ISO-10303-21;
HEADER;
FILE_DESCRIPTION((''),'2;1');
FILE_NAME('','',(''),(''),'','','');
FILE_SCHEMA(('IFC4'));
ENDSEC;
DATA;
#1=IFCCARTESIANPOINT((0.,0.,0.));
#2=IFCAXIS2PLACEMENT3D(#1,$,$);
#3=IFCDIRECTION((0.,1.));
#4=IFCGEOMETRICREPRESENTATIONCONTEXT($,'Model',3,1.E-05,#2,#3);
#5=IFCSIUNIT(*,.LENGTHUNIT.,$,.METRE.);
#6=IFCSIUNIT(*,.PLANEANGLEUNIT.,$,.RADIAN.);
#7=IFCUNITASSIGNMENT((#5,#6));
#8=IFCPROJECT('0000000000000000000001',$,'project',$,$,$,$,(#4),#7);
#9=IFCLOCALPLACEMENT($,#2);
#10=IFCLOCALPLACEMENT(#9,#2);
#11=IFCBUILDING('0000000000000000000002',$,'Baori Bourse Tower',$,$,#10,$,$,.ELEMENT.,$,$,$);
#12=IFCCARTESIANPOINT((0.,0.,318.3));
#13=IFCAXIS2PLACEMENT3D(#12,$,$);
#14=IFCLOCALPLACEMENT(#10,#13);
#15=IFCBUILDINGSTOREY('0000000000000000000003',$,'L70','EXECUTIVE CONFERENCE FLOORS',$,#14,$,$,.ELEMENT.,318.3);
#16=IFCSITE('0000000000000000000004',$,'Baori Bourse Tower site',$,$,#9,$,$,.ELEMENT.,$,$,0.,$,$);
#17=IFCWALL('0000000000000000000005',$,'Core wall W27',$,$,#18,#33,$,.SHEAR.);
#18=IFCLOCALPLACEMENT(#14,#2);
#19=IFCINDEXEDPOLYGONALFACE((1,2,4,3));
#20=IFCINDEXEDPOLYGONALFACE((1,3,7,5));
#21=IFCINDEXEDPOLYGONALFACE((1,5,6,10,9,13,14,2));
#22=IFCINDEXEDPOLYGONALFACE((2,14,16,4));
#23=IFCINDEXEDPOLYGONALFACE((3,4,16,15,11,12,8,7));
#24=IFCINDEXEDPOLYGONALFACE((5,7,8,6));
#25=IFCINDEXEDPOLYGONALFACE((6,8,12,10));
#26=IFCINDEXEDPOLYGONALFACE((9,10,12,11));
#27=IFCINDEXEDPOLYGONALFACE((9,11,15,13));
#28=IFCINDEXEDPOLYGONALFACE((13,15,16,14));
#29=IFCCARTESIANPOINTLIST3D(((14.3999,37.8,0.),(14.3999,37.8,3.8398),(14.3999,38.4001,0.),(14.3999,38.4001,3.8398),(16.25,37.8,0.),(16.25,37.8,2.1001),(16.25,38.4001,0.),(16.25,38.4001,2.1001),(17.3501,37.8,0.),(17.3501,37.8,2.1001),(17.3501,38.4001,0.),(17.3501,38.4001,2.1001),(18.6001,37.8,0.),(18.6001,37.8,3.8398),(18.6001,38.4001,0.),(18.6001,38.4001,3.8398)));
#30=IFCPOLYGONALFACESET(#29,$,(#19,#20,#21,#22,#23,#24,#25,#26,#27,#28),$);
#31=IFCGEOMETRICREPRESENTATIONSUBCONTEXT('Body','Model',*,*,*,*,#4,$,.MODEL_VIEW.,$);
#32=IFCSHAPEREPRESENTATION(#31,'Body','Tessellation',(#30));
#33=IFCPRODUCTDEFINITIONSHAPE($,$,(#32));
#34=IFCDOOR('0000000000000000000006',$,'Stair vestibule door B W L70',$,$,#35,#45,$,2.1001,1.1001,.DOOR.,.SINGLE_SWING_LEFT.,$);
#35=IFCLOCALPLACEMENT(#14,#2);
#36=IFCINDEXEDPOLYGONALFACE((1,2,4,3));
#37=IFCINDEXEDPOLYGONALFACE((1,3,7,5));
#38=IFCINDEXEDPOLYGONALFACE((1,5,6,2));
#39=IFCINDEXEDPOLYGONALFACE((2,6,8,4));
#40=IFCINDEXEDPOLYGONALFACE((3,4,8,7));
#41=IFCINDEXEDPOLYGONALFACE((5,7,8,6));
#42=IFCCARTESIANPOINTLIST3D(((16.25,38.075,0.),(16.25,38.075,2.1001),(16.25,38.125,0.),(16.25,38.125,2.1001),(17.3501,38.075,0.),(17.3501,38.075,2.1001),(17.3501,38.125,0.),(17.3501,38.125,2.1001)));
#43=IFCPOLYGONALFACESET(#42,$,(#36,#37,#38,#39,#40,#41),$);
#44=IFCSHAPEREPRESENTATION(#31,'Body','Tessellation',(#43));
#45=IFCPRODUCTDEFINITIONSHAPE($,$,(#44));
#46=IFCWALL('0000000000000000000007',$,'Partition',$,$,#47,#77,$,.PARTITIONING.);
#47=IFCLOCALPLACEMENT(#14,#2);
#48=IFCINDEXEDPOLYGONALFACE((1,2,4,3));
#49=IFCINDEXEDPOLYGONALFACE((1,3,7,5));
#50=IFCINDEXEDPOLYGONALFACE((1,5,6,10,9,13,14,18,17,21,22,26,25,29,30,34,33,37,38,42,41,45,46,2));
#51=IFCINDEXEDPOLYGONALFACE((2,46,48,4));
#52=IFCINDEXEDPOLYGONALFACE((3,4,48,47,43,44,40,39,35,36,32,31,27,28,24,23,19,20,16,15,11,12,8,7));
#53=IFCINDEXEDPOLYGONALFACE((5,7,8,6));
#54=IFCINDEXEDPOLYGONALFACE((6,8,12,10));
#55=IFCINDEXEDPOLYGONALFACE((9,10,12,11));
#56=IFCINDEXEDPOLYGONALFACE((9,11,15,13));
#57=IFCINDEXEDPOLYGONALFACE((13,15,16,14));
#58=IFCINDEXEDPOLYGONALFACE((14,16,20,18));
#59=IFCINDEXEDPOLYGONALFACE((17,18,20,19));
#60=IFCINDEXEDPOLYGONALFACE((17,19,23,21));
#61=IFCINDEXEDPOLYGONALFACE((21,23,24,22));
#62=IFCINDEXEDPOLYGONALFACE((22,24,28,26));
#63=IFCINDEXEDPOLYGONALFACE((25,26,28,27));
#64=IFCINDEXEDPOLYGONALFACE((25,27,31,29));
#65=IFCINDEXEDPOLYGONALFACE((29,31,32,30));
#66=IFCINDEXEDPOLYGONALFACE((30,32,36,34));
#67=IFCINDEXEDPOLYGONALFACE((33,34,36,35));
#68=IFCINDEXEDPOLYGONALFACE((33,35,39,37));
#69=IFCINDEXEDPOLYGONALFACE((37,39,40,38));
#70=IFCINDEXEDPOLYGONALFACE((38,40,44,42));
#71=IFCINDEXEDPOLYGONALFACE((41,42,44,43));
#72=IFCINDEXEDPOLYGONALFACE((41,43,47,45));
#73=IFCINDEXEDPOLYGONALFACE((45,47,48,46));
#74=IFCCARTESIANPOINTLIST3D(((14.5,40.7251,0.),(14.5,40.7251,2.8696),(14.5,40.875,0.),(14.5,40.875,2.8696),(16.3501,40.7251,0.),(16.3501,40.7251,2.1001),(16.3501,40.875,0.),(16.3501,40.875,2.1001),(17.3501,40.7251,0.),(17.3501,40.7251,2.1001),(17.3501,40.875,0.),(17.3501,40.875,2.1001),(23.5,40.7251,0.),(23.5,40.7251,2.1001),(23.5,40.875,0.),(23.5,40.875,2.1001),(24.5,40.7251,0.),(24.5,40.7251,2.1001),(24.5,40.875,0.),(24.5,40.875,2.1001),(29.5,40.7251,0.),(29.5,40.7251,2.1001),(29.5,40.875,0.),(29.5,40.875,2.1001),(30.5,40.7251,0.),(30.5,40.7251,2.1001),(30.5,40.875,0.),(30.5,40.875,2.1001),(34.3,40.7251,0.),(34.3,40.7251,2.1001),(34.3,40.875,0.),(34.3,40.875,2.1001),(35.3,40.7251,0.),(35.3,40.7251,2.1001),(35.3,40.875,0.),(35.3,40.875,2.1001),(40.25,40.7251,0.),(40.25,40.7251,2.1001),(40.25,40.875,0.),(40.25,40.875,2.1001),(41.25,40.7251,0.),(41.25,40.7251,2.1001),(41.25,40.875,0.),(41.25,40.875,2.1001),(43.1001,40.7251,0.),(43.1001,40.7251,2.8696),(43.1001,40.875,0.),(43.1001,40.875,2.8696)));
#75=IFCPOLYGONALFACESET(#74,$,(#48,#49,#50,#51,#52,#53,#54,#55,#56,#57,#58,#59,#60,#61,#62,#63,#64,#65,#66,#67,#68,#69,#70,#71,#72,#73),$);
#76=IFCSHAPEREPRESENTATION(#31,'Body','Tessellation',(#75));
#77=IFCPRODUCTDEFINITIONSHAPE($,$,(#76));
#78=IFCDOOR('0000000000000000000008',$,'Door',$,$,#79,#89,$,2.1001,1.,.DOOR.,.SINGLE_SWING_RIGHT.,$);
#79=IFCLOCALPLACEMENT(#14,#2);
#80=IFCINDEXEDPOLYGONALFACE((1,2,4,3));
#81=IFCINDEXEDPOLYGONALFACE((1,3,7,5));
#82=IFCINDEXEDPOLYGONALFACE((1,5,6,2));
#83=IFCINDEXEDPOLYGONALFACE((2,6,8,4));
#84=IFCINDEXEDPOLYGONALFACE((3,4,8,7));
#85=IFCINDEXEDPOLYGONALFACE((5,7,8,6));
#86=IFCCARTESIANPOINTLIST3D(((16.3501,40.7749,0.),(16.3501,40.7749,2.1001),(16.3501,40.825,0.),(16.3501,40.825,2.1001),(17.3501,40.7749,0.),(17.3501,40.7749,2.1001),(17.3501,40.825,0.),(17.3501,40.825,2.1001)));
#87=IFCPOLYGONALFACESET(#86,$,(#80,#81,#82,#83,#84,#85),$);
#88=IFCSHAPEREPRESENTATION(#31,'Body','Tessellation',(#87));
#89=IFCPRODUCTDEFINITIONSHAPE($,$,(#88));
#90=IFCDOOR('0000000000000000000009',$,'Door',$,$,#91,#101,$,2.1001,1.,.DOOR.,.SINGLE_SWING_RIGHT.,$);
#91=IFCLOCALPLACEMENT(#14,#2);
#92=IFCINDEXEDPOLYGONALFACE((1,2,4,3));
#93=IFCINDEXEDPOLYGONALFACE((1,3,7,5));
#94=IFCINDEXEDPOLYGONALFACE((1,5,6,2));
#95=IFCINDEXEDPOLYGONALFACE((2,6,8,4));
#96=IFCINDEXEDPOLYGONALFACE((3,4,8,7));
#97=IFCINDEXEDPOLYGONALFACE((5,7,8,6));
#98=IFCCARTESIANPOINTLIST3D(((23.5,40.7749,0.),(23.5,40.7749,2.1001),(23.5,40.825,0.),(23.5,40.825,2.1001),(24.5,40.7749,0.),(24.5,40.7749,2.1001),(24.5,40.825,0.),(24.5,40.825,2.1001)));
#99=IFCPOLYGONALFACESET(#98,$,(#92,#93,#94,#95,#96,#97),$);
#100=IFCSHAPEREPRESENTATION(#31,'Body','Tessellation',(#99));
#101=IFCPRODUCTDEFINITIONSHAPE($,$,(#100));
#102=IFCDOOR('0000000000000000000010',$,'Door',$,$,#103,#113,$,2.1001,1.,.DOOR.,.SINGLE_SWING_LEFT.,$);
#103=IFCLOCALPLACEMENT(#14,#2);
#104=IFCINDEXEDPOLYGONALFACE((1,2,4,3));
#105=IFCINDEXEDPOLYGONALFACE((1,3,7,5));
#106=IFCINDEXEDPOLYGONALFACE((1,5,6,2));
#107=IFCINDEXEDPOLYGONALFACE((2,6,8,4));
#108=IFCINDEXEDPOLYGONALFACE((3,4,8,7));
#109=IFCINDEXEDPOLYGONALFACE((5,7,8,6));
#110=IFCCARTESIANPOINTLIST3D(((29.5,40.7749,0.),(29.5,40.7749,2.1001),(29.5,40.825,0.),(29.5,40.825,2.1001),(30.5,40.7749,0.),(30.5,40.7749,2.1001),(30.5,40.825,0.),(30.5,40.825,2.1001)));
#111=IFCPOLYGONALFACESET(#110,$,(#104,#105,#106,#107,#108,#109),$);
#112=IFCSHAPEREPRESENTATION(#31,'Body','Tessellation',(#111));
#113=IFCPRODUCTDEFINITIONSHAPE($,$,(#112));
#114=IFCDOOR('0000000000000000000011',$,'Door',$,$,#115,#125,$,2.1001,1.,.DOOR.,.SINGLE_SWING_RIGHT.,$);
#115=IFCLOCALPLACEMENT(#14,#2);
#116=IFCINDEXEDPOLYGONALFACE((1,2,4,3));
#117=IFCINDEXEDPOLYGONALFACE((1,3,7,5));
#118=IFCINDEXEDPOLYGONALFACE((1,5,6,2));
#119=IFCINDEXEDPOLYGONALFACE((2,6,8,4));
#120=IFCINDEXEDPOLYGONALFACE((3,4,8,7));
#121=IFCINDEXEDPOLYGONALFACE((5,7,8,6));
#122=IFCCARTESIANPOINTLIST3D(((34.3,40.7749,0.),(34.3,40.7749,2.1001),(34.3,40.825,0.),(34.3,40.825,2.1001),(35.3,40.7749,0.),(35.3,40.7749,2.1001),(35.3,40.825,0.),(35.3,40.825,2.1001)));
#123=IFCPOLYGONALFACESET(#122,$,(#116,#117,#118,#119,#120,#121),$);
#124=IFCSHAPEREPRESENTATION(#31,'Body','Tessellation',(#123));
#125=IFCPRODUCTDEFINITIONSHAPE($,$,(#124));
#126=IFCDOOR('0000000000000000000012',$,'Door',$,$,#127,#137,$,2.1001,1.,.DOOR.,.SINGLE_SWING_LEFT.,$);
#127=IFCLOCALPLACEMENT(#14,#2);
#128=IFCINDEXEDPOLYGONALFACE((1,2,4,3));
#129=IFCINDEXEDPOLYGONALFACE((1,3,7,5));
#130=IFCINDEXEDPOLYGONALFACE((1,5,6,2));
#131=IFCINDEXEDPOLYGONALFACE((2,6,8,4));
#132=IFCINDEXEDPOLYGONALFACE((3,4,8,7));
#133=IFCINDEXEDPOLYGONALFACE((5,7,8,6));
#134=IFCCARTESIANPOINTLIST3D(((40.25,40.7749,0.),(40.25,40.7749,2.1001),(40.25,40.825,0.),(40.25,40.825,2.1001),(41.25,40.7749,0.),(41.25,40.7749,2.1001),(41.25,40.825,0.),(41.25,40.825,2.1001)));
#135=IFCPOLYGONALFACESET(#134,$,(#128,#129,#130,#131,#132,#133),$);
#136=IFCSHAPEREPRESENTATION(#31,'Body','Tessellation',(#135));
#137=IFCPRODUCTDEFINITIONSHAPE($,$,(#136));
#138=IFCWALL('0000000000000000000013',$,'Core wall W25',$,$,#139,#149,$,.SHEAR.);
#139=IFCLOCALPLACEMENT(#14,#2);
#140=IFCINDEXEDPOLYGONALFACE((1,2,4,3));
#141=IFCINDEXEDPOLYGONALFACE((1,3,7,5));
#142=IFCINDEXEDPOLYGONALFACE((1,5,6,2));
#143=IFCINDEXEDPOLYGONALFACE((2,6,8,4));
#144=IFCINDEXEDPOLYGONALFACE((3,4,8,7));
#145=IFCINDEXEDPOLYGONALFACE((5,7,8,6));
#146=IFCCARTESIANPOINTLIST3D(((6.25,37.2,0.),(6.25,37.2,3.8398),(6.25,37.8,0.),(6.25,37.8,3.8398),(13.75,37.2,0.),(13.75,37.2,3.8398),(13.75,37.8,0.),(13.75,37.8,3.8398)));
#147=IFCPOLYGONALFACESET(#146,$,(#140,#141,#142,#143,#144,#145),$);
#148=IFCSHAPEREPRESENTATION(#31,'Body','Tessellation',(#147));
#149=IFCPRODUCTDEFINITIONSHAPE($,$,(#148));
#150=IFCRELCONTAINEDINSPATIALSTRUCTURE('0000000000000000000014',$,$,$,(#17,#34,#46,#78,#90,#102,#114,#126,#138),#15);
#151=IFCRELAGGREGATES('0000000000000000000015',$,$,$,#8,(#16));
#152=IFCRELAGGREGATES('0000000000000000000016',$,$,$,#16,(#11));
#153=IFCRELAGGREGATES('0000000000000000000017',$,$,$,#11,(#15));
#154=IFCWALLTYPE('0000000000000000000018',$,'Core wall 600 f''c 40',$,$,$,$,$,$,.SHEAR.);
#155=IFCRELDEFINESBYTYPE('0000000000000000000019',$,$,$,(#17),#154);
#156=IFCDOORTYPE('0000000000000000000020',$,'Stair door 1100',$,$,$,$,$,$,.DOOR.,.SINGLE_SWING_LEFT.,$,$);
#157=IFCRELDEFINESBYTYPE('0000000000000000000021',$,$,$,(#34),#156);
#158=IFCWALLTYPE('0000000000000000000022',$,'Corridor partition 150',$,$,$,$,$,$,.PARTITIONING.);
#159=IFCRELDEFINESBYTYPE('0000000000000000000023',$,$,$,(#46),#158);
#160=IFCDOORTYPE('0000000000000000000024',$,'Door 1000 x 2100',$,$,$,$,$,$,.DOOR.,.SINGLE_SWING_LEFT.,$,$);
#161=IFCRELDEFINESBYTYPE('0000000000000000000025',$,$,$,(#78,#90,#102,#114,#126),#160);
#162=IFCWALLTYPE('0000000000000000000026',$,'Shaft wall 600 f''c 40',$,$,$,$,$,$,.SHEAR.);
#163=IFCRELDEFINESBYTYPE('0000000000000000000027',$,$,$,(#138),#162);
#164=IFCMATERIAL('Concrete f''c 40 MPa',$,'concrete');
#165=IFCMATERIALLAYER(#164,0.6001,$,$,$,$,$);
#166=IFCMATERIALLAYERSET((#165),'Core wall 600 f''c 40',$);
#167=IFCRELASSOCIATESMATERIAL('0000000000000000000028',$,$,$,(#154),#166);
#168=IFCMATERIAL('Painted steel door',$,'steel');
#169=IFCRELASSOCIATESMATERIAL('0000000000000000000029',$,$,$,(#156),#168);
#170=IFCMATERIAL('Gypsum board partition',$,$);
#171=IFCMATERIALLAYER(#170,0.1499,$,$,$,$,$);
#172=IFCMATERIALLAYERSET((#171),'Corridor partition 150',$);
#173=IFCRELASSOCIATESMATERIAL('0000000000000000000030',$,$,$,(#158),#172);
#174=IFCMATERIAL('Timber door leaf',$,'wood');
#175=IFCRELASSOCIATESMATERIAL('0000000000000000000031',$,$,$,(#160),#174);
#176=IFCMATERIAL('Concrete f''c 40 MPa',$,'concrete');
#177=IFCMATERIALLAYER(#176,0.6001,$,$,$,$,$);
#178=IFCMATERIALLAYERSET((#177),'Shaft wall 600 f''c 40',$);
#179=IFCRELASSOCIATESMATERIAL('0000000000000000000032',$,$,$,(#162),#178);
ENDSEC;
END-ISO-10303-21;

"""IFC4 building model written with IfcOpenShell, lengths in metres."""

from ifc_helpers import new_model, si_unit, direction, frame, frame_2d, origin, place, context, subcontext, project, spatial, rectangle, extrude, material, layer, layer_set, type_object, element, fill, save


model = new_model("IFC4")

# Units and contexts
model_context = context("Model", 3, precision=1e-05, world=origin(), true_north=direction((0.0, 1.0)))
body_context = subcontext(model_context, "Body", "Model", "MODEL_VIEW")
ifc_project = project(units=[si_unit("LENGTHUNIT", "METRE"), si_unit("PLANEANGLEUNIT", "RADIAN")], contexts=[model_context])

# Site, building, storey
site_placement = place(None, origin())
site = spatial("IfcSite", under=ifc_project, at=site_placement, Name="Baori Bourse Tower site", CompositionType="ELEMENT", RefElevation=0.0)
building_placement = place(site_placement, origin())
building = spatial("IfcBuilding", under=site, at=building_placement, Name="Baori Bourse Tower", CompositionType="ELEMENT")
storey_placement = place(building_placement, frame((0.0, 0.0, 318.3)))
storey = spatial("IfcBuildingStorey", under=building, at=storey_placement, Name="L70", Description="EXECUTIVE CONFERENCE FLOORS", CompositionType="ELEMENT", Elevation=318.3)

# Shared definitions
ifc_material_1 = material(Name="Concrete f'c 40 MPa", Category="concrete")
ifc_layer_1 = layer(ifc_material_1, 0.6001)
ifc_layer_set_1 = layer_set([ifc_layer_1], Name="Core wall 600 f'c 40")
wall_type_1 = type_object("IfcWallType", Name="Core wall 600 f'c 40", PredefinedType="SHEAR", material=ifc_layer_set_1)

# Wall, opening, door
wall_1_placement = place(storey_placement, frame((14.3999, 38.1001, 0.0), z_axis=(0.0, 0.0, 1.0), x_axis=(1.0, 0.0, 0.0)))
wall_1 = element("IfcWall", 1, at=wall_1_placement, inside=storey, type_object=wall_type_1, Name="Core wall W27", PredefinedType="SHEAR", context=body_context, shape_type="SweptSolid", body=[
    extrude(rectangle(XDim=4.2002, YDim=0.6001, at=frame_2d((2.1001, 0.0))), origin(), (0.0, 0.0, 1.0), 3.8398),
])
opening_1_placement = place(wall_1_placement, frame((1.8501, 0.0, 0.0)))
opening_1 = element("IfcOpeningElement", 2, at=opening_1_placement, cuts=wall_1, PredefinedType="OPENING", context=body_context, shape_type="SweptSolid", body=[
    extrude(rectangle(XDim=1.1001, YDim=2.1001, at=frame_2d((0.55, 1.05))), frame((0.0, 0.3101, 0.0), z_axis=(0.0, -1.0, 0.0), x_axis=(1.0, 0.0, 0.0)), (0.0, 0.0, 1.0), 0.6201),
])
ifc_material_2 = material(Name="Painted steel door", Category="steel")
door_type_1 = type_object("IfcDoorType", Name="Stair door 1100", OperationType="SINGLE_SWING_LEFT", PredefinedType="DOOR", material=ifc_material_2)
door_1_placement = place(opening_1_placement, origin())
door_1 = element("IfcDoor", 3, at=door_1_placement, inside=storey, type_object=door_type_1, Name="Stair vestibule door B W L70", OperationType="SINGLE_SWING_LEFT", OverallHeight=2.1001, OverallWidth=1.1001, PredefinedType="DOOR", context=body_context, shape_type="SweptSolid", body=[
    extrude(rectangle(XDim=1.1001, YDim=2.1001, at=frame_2d((0.55, 1.05))), frame((0.0, 0.0249, 0.0), z_axis=(0.0, -1.0, 0.0), x_axis=(1.0, 0.0, 0.0)), (0.0, 0.0, 1.0), 0.05),
])
fill(opening_1, door_1)

# Wall, openings, doors
ifc_material_3 = material(Name="Gypsum board partition")
ifc_layer_2 = layer(ifc_material_3, 0.1499)
ifc_layer_set_2 = layer_set([ifc_layer_2], Name="Corridor partition 150")
wall_type_2 = type_object("IfcWallType", Name="Corridor partition 150", PredefinedType="PARTITIONING", material=ifc_layer_set_2)
wall_2_placement = place(storey_placement, frame((14.5, 40.8, 0.0), z_axis=(0.0, 0.0, 1.0), x_axis=(1.0, 0.0, 0.0)))
wall_2 = element("IfcWall", 4, at=wall_2_placement, inside=storey, type_object=wall_type_2, Name="Partition", PredefinedType="PARTITIONING", context=body_context, shape_type="SweptSolid", body=[
    extrude(rectangle(XDim=28.6001, YDim=0.1499, at=frame_2d((14.3, 0.0))), origin(), (0.0, 0.0, 1.0), 2.8696),
])
opening_2_placement = place(wall_2_placement, frame((1.8501, 0.0, 0.0)))
opening_2 = element("IfcOpeningElement", 5, at=opening_2_placement, cuts=wall_2, PredefinedType="OPENING", context=body_context, shape_type="SweptSolid", body=[
    extrude(rectangle(XDim=1.0, YDim=2.1001, at=frame_2d((0.5, 1.05))), frame((0.0, 0.085, 0.0), z_axis=(0.0, -1.0, 0.0), x_axis=(1.0, 0.0, 0.0)), (0.0, 0.0, 1.0), 0.1699),
])
opening_3_placement = place(wall_2_placement, frame((9.0, 0.0, 0.0)))
opening_3 = element("IfcOpeningElement", 6, at=opening_3_placement, cuts=wall_2, PredefinedType="OPENING", context=body_context, shape_type="SweptSolid", body=[
    extrude(rectangle(XDim=1.0, YDim=2.1001, at=frame_2d((0.5, 1.05))), frame((0.0, 0.085, 0.0), z_axis=(0.0, -1.0, 0.0), x_axis=(1.0, 0.0, 0.0)), (0.0, 0.0, 1.0), 0.1699),
])
opening_4_placement = place(wall_2_placement, frame((15.0, 0.0, 0.0)))
opening_4 = element("IfcOpeningElement", 7, at=opening_4_placement, cuts=wall_2, PredefinedType="OPENING", context=body_context, shape_type="SweptSolid", body=[
    extrude(rectangle(XDim=1.0, YDim=2.1001, at=frame_2d((0.5, 1.05))), frame((0.0, 0.085, 0.0), z_axis=(0.0, -1.0, 0.0), x_axis=(1.0, 0.0, 0.0)), (0.0, 0.0, 1.0), 0.1699),
])
opening_5_placement = place(wall_2_placement, frame((19.8, 0.0, 0.0)))
opening_5 = element("IfcOpeningElement", 8, at=opening_5_placement, cuts=wall_2, PredefinedType="OPENING", context=body_context, shape_type="SweptSolid", body=[
    extrude(rectangle(XDim=1.0, YDim=2.1001, at=frame_2d((0.5, 1.05))), frame((0.0, 0.085, 0.0), z_axis=(0.0, -1.0, 0.0), x_axis=(1.0, 0.0, 0.0)), (0.0, 0.0, 1.0), 0.1699),
])
opening_6_placement = place(wall_2_placement, frame((25.75, 0.0, 0.0)))
opening_6 = element("IfcOpeningElement", 9, at=opening_6_placement, cuts=wall_2, PredefinedType="OPENING", context=body_context, shape_type="SweptSolid", body=[
    extrude(rectangle(XDim=1.0, YDim=2.1001, at=frame_2d((0.5, 1.05))), frame((0.0, 0.085, 0.0), z_axis=(0.0, -1.0, 0.0), x_axis=(1.0, 0.0, 0.0)), (0.0, 0.0, 1.0), 0.1699),
])
ifc_material_4 = material(Name="Timber door leaf", Category="wood")
door_type_2 = type_object("IfcDoorType", Name="Door 1000 x 2100", OperationType="SINGLE_SWING_LEFT", PredefinedType="DOOR", material=ifc_material_4)
door_2_placement = place(opening_2_placement, origin())
door_2 = element("IfcDoor", 10, at=door_2_placement, inside=storey, type_object=door_type_2, Name="Door", OperationType="SINGLE_SWING_RIGHT", OverallHeight=2.1001, OverallWidth=1.0, PredefinedType="DOOR", context=body_context, shape_type="SweptSolid", body=[
    extrude(rectangle(XDim=1.0, YDim=2.1001, at=frame_2d((0.5, 1.05))), frame((0.0, 0.0249, 0.0), z_axis=(0.0, -1.0, 0.0), x_axis=(1.0, 0.0, 0.0)), (0.0, 0.0, 1.0), 0.05),
])
fill(opening_2, door_2)
door_3_placement = place(opening_3_placement, origin())
door_3 = element("IfcDoor", 11, at=door_3_placement, inside=storey, type_object=door_type_2, Name="Door", OperationType="SINGLE_SWING_RIGHT", OverallHeight=2.1001, OverallWidth=1.0, PredefinedType="DOOR", context=body_context, shape_type="SweptSolid", body=[
    extrude(rectangle(XDim=1.0, YDim=2.1001, at=frame_2d((0.5, 1.05))), frame((0.0, 0.0249, 0.0), z_axis=(0.0, -1.0, 0.0), x_axis=(1.0, 0.0, 0.0)), (0.0, 0.0, 1.0), 0.05),
])
fill(opening_3, door_3)
door_4_placement = place(opening_4_placement, origin())
door_4 = element("IfcDoor", 12, at=door_4_placement, inside=storey, type_object=door_type_2, Name="Door", OperationType="SINGLE_SWING_LEFT", OverallHeight=2.1001, OverallWidth=1.0, PredefinedType="DOOR", context=body_context, shape_type="SweptSolid", body=[
    extrude(rectangle(XDim=1.0, YDim=2.1001, at=frame_2d((0.5, 1.05))), frame((0.0, 0.0249, 0.0), z_axis=(0.0, -1.0, 0.0), x_axis=(1.0, 0.0, 0.0)), (0.0, 0.0, 1.0), 0.05),
])
fill(opening_4, door_4)
door_5_placement = place(opening_5_placement, origin())
door_5 = element("IfcDoor", 13, at=door_5_placement, inside=storey, type_object=door_type_2, Name="Door", OperationType="SINGLE_SWING_RIGHT", OverallHeight=2.1001, OverallWidth=1.0, PredefinedType="DOOR", context=body_context, shape_type="SweptSolid", body=[
    extrude(rectangle(XDim=1.0, YDim=2.1001, at=frame_2d((0.5, 1.05))), frame((0.0, 0.0249, 0.0), z_axis=(0.0, -1.0, 0.0), x_axis=(1.0, 0.0, 0.0)), (0.0, 0.0, 1.0), 0.05),
])
fill(opening_5, door_5)
door_6_placement = place(opening_6_placement, origin())
door_6 = element("IfcDoor", 14, at=door_6_placement, inside=storey, type_object=door_type_2, Name="Door", OperationType="SINGLE_SWING_LEFT", OverallHeight=2.1001, OverallWidth=1.0, PredefinedType="DOOR", context=body_context, shape_type="SweptSolid", body=[
    extrude(rectangle(XDim=1.0, YDim=2.1001, at=frame_2d((0.5, 1.05))), frame((0.0, 0.0249, 0.0), z_axis=(0.0, -1.0, 0.0), x_axis=(1.0, 0.0, 0.0)), (0.0, 0.0, 1.0), 0.05),
])
fill(opening_6, door_6)

# Wall
ifc_material_5 = material(Name="Concrete f'c 40 MPa", Category="concrete")
ifc_layer_3 = layer(ifc_material_5, 0.6001)
ifc_layer_set_3 = layer_set([ifc_layer_3], Name="Shaft wall 600 f'c 40")
wall_type_3 = type_object("IfcWallType", Name="Shaft wall 600 f'c 40", PredefinedType="SHEAR", material=ifc_layer_set_3)
wall_3_placement = place(storey_placement, frame((6.25, 37.5, 0.0), z_axis=(0.0, 0.0, 1.0), x_axis=(1.0, 0.0, 0.0)))
element("IfcWall", 15, at=wall_3_placement, inside=storey, type_object=wall_type_3, Name="Core wall W25", PredefinedType="SHEAR", context=body_context, shape_type="SweptSolid", body=[
    extrude(rectangle(XDim=7.5, YDim=0.6001, at=frame_2d((3.75, 0.0))), origin(), (0.0, 0.0, 1.0), 3.8398),
])

save(model, "model.ifc")
